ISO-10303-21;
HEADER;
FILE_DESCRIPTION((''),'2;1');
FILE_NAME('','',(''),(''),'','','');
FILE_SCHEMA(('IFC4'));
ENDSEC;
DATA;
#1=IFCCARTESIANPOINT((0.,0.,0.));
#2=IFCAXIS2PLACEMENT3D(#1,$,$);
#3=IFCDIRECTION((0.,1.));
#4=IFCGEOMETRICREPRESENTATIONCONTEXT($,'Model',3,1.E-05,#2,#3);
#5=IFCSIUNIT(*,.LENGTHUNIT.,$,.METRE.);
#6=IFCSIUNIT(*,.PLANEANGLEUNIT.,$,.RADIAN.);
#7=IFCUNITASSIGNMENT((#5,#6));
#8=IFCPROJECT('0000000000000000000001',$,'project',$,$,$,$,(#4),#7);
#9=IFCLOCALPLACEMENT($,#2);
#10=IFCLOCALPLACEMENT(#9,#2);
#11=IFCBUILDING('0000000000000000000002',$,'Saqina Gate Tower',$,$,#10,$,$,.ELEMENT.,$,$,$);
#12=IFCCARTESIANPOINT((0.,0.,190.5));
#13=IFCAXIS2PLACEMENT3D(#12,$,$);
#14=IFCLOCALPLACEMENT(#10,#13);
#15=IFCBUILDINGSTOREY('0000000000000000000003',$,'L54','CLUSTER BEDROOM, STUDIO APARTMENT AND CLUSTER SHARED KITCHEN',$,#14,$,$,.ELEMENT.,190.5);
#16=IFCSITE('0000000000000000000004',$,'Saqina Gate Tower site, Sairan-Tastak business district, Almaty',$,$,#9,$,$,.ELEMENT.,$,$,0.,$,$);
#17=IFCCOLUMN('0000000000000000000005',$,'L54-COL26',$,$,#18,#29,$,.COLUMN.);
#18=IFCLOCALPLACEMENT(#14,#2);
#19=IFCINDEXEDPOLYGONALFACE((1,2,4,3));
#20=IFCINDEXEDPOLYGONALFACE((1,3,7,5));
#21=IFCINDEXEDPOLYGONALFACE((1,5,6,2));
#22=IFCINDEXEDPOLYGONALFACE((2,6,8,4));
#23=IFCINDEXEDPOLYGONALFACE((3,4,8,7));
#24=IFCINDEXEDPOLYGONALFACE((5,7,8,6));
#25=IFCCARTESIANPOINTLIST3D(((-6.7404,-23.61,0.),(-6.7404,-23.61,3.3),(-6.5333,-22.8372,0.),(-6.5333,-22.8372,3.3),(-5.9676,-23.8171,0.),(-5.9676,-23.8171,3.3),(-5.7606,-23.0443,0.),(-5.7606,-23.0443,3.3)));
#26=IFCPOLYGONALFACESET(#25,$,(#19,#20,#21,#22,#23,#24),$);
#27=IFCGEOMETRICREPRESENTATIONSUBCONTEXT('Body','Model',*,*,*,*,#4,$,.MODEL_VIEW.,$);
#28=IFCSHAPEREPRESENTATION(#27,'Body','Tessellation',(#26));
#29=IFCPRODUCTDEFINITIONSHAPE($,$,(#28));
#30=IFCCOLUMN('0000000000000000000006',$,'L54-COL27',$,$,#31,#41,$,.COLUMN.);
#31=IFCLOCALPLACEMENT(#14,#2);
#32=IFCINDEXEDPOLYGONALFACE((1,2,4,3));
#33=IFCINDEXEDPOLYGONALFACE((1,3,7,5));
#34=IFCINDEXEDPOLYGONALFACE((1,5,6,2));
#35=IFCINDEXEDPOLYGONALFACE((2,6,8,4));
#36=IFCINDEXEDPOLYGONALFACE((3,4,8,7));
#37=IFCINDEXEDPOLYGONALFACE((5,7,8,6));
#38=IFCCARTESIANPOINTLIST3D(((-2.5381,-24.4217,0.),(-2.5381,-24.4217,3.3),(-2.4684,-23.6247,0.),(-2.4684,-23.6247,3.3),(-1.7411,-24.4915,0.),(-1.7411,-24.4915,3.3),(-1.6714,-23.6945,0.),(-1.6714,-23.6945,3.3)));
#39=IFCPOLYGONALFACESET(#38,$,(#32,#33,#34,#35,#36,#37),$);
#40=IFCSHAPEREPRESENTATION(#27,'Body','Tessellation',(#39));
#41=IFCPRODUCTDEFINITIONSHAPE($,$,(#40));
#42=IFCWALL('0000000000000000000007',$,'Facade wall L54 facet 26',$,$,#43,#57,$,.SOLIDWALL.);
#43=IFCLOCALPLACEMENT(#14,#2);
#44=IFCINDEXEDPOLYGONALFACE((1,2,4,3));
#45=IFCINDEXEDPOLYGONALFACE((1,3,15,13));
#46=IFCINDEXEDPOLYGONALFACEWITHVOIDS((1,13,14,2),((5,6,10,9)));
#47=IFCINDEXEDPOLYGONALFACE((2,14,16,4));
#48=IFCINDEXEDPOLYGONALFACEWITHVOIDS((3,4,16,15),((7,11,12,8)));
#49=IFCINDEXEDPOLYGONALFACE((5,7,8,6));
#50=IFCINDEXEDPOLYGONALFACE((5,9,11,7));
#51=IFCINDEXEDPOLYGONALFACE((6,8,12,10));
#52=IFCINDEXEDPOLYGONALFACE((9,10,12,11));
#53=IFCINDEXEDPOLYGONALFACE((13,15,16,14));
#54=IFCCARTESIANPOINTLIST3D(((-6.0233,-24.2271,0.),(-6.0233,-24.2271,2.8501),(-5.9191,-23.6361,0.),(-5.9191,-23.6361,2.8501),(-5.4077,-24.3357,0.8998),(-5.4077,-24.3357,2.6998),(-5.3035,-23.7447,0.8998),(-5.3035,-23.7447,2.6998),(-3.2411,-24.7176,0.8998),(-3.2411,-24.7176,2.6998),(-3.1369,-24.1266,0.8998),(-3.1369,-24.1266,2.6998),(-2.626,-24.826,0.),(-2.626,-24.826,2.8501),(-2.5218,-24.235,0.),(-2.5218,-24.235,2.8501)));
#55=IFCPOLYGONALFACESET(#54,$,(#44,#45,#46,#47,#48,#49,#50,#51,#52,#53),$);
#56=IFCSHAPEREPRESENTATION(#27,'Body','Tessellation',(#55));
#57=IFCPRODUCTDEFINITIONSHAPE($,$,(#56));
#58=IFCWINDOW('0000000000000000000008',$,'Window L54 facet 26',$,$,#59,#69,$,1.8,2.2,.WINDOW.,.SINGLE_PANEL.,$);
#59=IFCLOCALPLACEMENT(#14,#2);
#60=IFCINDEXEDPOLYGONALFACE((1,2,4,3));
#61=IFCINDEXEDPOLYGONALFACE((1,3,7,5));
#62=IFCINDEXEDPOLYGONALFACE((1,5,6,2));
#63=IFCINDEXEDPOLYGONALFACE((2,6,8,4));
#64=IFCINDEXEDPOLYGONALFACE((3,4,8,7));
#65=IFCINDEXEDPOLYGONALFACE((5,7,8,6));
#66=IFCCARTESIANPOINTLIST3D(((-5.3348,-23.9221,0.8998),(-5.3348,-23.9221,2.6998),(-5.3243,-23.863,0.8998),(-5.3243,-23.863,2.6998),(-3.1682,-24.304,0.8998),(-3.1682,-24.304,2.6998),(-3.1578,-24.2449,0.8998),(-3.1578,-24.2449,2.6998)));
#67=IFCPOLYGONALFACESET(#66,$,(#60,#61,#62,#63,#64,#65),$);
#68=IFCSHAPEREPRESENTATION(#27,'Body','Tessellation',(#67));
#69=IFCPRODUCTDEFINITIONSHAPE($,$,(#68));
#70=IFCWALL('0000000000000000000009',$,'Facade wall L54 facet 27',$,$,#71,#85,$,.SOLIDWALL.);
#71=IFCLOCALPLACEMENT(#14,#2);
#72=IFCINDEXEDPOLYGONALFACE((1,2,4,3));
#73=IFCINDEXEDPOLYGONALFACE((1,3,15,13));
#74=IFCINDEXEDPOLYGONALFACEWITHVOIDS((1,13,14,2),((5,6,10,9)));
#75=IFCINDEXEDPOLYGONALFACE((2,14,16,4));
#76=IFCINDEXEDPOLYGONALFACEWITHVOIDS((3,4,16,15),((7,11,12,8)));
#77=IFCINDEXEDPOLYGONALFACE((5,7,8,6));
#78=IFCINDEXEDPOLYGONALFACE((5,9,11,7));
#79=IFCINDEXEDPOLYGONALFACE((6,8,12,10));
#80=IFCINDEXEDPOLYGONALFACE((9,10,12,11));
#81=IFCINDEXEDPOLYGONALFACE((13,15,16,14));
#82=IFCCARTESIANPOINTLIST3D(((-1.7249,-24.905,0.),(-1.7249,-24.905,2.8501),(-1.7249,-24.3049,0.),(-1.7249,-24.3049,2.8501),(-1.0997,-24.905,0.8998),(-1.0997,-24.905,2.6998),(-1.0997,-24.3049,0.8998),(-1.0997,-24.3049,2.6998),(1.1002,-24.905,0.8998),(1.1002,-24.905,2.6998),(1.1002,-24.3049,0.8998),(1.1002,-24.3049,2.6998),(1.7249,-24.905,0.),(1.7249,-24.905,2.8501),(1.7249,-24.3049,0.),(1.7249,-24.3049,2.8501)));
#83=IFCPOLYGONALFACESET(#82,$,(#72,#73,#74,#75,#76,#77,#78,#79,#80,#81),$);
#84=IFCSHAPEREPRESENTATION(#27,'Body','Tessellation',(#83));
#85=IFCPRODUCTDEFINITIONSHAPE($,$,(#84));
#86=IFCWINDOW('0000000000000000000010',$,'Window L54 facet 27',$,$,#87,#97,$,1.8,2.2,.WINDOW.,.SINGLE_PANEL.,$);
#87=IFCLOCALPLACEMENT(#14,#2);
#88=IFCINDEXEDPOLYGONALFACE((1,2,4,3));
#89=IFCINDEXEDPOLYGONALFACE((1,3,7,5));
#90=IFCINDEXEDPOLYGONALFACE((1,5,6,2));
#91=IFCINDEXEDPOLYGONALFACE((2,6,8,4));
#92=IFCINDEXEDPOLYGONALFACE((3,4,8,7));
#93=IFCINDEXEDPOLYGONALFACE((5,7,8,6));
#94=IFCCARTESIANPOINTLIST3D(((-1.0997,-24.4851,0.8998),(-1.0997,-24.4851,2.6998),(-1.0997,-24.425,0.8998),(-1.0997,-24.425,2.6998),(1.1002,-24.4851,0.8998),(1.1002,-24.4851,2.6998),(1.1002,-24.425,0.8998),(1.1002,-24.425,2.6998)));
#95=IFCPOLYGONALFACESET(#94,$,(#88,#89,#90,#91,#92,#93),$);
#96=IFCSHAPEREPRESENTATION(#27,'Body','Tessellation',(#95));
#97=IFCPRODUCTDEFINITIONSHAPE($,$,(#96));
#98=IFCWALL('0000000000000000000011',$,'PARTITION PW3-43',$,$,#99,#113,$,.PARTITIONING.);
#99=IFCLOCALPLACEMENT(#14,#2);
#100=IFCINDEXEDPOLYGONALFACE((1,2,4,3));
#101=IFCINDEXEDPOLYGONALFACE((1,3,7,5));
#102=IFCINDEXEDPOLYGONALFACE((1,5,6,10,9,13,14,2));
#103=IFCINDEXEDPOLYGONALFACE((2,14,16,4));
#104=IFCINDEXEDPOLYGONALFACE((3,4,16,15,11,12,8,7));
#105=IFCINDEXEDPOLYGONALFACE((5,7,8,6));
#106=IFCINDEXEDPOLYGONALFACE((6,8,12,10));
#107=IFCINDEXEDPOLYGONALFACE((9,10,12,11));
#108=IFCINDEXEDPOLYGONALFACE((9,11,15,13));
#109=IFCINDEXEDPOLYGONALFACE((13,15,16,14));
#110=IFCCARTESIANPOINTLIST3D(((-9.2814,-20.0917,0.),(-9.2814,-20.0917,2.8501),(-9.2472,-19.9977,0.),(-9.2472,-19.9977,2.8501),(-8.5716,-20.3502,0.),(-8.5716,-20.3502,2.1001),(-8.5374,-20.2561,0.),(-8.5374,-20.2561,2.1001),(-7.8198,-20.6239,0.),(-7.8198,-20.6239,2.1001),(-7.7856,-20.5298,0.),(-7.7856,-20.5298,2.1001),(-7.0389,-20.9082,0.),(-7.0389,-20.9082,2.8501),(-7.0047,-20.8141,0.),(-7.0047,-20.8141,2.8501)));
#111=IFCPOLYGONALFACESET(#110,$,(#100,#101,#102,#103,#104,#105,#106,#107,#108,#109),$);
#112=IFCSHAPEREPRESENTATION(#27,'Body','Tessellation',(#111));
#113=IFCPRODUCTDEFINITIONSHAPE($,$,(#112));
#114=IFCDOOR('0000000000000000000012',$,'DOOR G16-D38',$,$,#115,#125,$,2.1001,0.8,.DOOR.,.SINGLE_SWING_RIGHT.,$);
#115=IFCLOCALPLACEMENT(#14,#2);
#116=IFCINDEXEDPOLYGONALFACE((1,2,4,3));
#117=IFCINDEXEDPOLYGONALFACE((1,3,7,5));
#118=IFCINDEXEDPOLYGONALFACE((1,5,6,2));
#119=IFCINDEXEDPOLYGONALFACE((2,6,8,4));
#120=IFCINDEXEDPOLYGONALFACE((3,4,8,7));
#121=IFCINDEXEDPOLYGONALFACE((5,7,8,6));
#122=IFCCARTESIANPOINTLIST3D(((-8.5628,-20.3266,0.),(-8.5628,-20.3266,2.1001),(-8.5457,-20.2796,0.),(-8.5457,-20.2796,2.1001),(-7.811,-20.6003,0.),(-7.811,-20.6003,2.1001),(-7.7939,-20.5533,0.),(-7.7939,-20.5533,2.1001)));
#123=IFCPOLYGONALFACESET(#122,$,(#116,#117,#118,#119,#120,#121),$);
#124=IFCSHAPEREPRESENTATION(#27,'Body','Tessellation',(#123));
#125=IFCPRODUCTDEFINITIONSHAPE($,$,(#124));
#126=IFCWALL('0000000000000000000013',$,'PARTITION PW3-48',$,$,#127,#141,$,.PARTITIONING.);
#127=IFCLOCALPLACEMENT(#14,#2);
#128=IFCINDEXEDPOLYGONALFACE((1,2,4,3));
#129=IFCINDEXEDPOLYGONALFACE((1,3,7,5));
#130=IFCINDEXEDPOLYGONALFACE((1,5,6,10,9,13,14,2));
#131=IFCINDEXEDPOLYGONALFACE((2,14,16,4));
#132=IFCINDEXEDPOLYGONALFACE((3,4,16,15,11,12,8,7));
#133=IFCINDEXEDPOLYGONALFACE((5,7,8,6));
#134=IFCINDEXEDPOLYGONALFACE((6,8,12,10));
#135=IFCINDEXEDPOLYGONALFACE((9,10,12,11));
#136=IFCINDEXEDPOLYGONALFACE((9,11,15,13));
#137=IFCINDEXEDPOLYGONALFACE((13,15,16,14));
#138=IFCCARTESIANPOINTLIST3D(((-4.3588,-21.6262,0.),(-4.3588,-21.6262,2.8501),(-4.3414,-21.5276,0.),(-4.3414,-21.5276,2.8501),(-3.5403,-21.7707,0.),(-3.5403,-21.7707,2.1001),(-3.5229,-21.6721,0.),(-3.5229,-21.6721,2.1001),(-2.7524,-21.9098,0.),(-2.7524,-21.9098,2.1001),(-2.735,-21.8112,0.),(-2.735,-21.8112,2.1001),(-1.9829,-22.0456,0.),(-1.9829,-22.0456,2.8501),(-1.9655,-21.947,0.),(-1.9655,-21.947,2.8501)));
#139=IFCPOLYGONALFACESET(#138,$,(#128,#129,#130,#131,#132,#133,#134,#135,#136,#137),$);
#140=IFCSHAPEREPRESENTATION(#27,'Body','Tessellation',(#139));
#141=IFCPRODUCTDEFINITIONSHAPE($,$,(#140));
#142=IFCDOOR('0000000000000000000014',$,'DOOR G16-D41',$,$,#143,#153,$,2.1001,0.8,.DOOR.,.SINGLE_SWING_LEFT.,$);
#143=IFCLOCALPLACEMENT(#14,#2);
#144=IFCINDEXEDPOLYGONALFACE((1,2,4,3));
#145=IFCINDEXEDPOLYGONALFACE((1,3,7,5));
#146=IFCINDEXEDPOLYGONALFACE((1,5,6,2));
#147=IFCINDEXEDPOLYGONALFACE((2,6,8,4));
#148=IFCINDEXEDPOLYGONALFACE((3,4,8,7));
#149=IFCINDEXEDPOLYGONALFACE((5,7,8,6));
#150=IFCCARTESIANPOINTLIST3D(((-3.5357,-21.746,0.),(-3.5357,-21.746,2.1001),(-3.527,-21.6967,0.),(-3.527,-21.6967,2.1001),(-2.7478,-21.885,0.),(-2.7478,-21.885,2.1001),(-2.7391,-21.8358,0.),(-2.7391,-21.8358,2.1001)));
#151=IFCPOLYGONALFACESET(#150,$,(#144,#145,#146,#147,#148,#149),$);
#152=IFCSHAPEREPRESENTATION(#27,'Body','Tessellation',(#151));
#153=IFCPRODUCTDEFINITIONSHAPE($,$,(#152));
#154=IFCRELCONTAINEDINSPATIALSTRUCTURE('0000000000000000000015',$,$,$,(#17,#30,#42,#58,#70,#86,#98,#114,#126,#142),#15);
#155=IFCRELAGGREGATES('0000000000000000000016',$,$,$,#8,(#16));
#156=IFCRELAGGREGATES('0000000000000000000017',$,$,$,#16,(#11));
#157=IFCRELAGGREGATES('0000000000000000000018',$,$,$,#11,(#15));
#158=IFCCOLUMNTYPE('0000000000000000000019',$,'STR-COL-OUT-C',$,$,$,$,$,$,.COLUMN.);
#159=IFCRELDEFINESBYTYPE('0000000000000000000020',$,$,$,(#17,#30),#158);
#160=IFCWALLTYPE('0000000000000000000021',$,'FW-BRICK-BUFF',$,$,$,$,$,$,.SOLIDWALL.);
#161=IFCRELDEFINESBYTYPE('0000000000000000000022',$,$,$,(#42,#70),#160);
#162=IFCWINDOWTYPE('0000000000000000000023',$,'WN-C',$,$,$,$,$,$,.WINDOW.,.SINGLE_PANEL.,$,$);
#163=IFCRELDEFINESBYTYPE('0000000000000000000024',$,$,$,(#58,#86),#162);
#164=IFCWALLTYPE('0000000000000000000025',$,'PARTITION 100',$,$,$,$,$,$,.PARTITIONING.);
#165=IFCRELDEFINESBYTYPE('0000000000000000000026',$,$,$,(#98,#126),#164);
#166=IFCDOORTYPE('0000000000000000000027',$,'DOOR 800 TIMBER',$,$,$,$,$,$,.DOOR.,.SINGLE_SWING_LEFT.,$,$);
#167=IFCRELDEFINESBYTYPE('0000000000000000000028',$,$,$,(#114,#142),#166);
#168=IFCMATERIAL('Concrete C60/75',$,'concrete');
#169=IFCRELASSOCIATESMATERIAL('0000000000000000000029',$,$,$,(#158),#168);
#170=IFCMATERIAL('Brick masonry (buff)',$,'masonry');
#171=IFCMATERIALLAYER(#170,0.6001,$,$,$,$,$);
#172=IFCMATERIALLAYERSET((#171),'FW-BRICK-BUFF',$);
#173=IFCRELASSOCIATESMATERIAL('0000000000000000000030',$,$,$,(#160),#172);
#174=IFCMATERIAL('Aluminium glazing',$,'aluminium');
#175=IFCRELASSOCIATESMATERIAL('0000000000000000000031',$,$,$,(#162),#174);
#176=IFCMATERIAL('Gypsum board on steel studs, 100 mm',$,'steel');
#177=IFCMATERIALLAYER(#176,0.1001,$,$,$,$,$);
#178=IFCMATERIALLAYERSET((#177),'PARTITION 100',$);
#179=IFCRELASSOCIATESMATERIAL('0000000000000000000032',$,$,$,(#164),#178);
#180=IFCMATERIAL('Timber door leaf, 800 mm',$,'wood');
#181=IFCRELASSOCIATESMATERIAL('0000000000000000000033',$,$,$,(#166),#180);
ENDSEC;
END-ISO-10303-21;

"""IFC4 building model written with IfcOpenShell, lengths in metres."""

from ifc_helpers import new_model, si_unit, direction, frame, frame_2d, origin, origin_2d, place, context, subcontext, project, spatial, rectangle, extrude, material, layer, layer_set, material_profile, profile_set, type_object, element, fill, save


model = new_model("IFC4")

# Units and contexts
model_context = context("Model", 3, precision=1e-05, world=origin(), true_north=direction((0.0, 1.0)))
body_context = subcontext(model_context, "Body", "Model", "MODEL_VIEW")
ifc_project = project(units=[si_unit("LENGTHUNIT", "METRE"), si_unit("PLANEANGLEUNIT", "RADIAN")], contexts=[model_context])

# Site, building, storey
site_placement = place(None, origin())
site = spatial("IfcSite", under=ifc_project, at=site_placement, Name="Saqina Gate Tower site, Sairan-Tastak business district, Almaty", CompositionType="ELEMENT", RefElevation=0.0)
building_placement = place(site_placement, origin())
building = spatial("IfcBuilding", under=site, at=building_placement, Name="Saqina Gate Tower", CompositionType="ELEMENT")
storey_placement = place(building_placement, frame((0.0, 0.0, 190.5)))
storey = spatial("IfcBuildingStorey", under=building, at=storey_placement, Name="L54", Description="CLUSTER BEDROOM, STUDIO APARTMENT AND CLUSTER SHARED KITCHEN", CompositionType="ELEMENT", Elevation=190.5)

# Columns
ifc_material_1 = material(Name="Concrete C60/75", Category="concrete")
ifc_material_profile = material_profile(ifc_material_1, rectangle(XDim=0.8, YDim=0.8, at=origin_2d()), Name="RC 800x800")
ifc_profile_set = profile_set([ifc_material_profile], Name="Concrete C60/75")
column_type = type_object("IfcColumnType", Name="STR-COL-OUT-C", PredefinedType="COLUMN", material=ifc_profile_set)
for number, where, z_axis, x_axis, name in (
    (1, (-6.2505, -23.3271, 0.0), (0.0, 0.0, 1.0), (-0.258819, -0.965926, 0.0), "L54-COL26"),
    (2, (-2.1047, -24.0581, 0.0), (0.0, 0.0, 1.0), (-0.087156, -0.996195, 0.0), "L54-COL27"),
):
    element("IfcColumn", number, at=place(storey_placement, frame(where, z_axis=z_axis, x_axis=x_axis)), inside=storey, type_object=column_type, Name=name, PredefinedType="COLUMN", context=body_context, shape_type="SweptSolid", body=[
        extrude(rectangle(XDim=0.8, YDim=0.8, at=origin_2d()), origin(), (0.0, 0.0, 1.0), 3.3),
    ])

# Walls, openings, windows
ifc_material_2 = material(Name="Brick masonry (buff)", Category="masonry")
ifc_layer_1 = layer(ifc_material_2, 0.6001)
ifc_layer_set_1 = layer_set([ifc_layer_1], Name="FW-BRICK-BUFF")
wall_type_1 = type_object("IfcWallType", Name="FW-BRICK-BUFF", PredefinedType="SOLIDWALL", material=ifc_layer_set_1)
wall_1_placement = place(storey_placement, frame((-5.9712, -23.9316, 0.0), z_axis=(0.0, 0.0, 1.0), x_axis=(0.984815, -0.173608, 0.0)))
wall_1 = element("IfcWall", 3, at=wall_1_placement, inside=storey, type_object=wall_type_1, Name="Facade wall L54 facet 26", PredefinedType="SOLIDWALL", context=body_context, shape_type="SweptSolid", body=[
    extrude(rectangle(XDim=3.4497, YDim=0.6001, at=frame_2d((1.7249, 0.0))), origin(), (0.0, 0.0, 1.0), 2.8501),
])
opening_1_placement = place(wall_1_placement, frame((0.625, 0.0, 0.8999)))
opening_1 = element("IfcOpeningElement", 4, at=opening_1_placement, cuts=wall_1, PredefinedType="OPENING", context=body_context, shape_type="SweptSolid", body=[
    extrude(rectangle(XDim=2.2, YDim=1.8, at=frame_2d((1.1001, 0.8999))), frame((0.0, 0.312, 0.0), z_axis=(0.0, -1.0, 0.0), x_axis=(1.0, 0.0, 0.0)), (0.0, 0.0, 1.0), 0.624),
])
ifc_material_3 = material(Name="Aluminium glazing", Category="aluminium")
window_type = type_object("IfcWindowType", Name="WN-C", PartitioningType="SINGLE_PANEL", PredefinedType="WINDOW", material=ifc_material_3)
window_1_placement = place(opening_1_placement, origin())
window_1 = element("IfcWindow", 5, at=window_1_placement, inside=storey, type_object=window_type, Name="Window L54 facet 26", OverallHeight=1.8, OverallWidth=2.2, PartitioningType="SINGLE_PANEL", PredefinedType="WINDOW", context=body_context, shape_type="SweptSolid", body=[
    extrude(rectangle(XDim=2.2, YDim=1.8, at=frame_2d((1.1001, 0.8999))), frame((0.0, 0.1799, 0.0), z_axis=(0.0, -1.0, 0.0), x_axis=(1.0, 0.0, 0.0)), (0.0, 0.0, 1.0), 0.0601),
])
fill(opening_1, window_1)
wall_2_placement = place(storey_placement, frame((-1.7249, -24.605, 0.0), z_axis=(0.0, 0.0, 1.0), x_axis=(1.0, 0.0, 0.0)))
wall_2 = element("IfcWall", 6, at=wall_2_placement, inside=storey, type_object=wall_type_1, Name="Facade wall L54 facet 27", PredefinedType="SOLIDWALL", context=body_context, shape_type="SweptSolid", body=[
    extrude(rectangle(XDim=3.4497, YDim=0.6001, at=frame_2d((1.7249, 0.0))), origin(), (0.0, 0.0, 1.0), 2.8501),
])
opening_2_placement = place(wall_2_placement, frame((0.625, 0.0, 0.8999)))
opening_2 = element("IfcOpeningElement", 7, at=opening_2_placement, cuts=wall_2, PredefinedType="OPENING", context=body_context, shape_type="SweptSolid", body=[
    extrude(rectangle(XDim=2.2, YDim=1.8, at=frame_2d((1.1001, 0.8999))), frame((0.0, 0.312, 0.0), z_axis=(0.0, -1.0, 0.0), x_axis=(1.0, 0.0, 0.0)), (0.0, 0.0, 1.0), 0.624),
])
window_2_placement = place(opening_2_placement, origin())
window_2 = element("IfcWindow", 8, at=window_2_placement, inside=storey, type_object=window_type, Name="Window L54 facet 27", OverallHeight=1.8, OverallWidth=2.2, PartitioningType="SINGLE_PANEL", PredefinedType="WINDOW", context=body_context, shape_type="SweptSolid", body=[
    extrude(rectangle(XDim=2.2, YDim=1.8, at=frame_2d((1.1001, 0.8999))), frame((0.0, 0.1799, 0.0), z_axis=(0.0, -1.0, 0.0), x_axis=(1.0, 0.0, 0.0)), (0.0, 0.0, 1.0), 0.0601),
])
fill(opening_2, window_2)

# Walls, openings, doors
ifc_material_4 = material(Name="Gypsum board on steel studs, 100 mm", Category="steel")
ifc_layer_2 = layer(ifc_material_4, 0.1001)
ifc_layer_set_2 = layer_set([ifc_layer_2], Name="PARTITION 100")
wall_type_2 = type_object("IfcWallType", Name="PARTITION 100", PredefinedType="PARTITIONING", material=ifc_layer_set_2)
wall_3_placement = place(storey_placement, frame((-9.2644, -20.0447, 0.0), z_axis=(0.0, 0.0, 1.0), x_axis=(0.939662, -0.342104, 0.0)))
wall_3 = element("IfcWall", 9, at=wall_3_placement, inside=storey, type_object=wall_type_2, Name="PARTITION PW3-43", PredefinedType="PARTITIONING", context=body_context, shape_type="SweptSolid", body=[
    extrude(rectangle(XDim=2.3865, YDim=0.1001, at=frame_2d((1.1934, 0.0))), origin(), (0.0, 0.0, 1.0), 2.8501),
])
opening_3_placement = place(wall_3_placement, frame((0.7556, 0.0, 0.0)))
opening_3 = element("IfcOpeningElement", 10, at=opening_3_placement, cuts=wall_3, PredefinedType="OPENING", context=body_context, shape_type="SweptSolid", body=[
    extrude(rectangle(XDim=0.8, YDim=2.1001, at=frame_2d((0.3999, 1.05))), frame((0.0, 0.062, 0.0), z_axis=(0.0, -1.0, 0.0), x_axis=(1.0, 0.0, 0.0)), (0.0, 0.0, 1.0), 0.124),
])
ifc_material_5 = material(Name="Timber door leaf, 800 mm", Category="wood")
door_type_1 = type_object("IfcDoorType", Name="DOOR 800 TIMBER", OperationType="SINGLE_SWING_LEFT", PredefinedType="DOOR", material=ifc_material_5)
door_1_placement = place(opening_3_placement, frame((0.8, 0.0, 0.0), z_axis=(0.0, 0.0, 1.0), x_axis=(-1.0, 0.0, 0.0)))
door_1 = element("IfcDoor", 11, at=door_1_placement, inside=storey, type_object=door_type_1, Name="DOOR G16-D38", OperationType="SINGLE_SWING_RIGHT", OverallHeight=2.1001, OverallWidth=0.8, PredefinedType="DOOR", context=body_context, shape_type="SweptSolid", body=[
    extrude(rectangle(XDim=0.8, YDim=2.1001, at=frame_2d((0.3999, 1.05))), frame((0.0, 0.0249, 0.0), z_axis=(0.0, -1.0, 0.0), x_axis=(1.0, 0.0, 0.0)), (0.0, 0.0, 1.0), 0.05),
])
fill(opening_3, door_1)
wall_4_placement = place(storey_placement, frame((-4.3501, -21.5769, 0.0), z_axis=(0.0, 0.0, 1.0), x_axis=(0.984773, -0.173843, 0.0)))
wall_4 = element("IfcWall", 12, at=wall_4_placement, inside=storey, type_object=wall_type_2, Name="PARTITION PW3-48", PredefinedType="PARTITIONING", context=body_context, shape_type="SweptSolid", body=[
    extrude(rectangle(XDim=2.4126, YDim=0.1001, at=frame_2d((1.2063, 0.0))), origin(), (0.0, 0.0, 1.0), 2.8501),
])
opening_4_placement = place(wall_4_placement, frame((0.8313, 0.0, 0.0)))
opening_4 = element("IfcOpeningElement", 13, at=opening_4_placement, cuts=wall_4, PredefinedType="OPENING", context=body_context, shape_type="SweptSolid", body=[
    extrude(rectangle(XDim=0.8, YDim=2.1001, at=frame_2d((0.3999, 1.05))), frame((0.0, 0.062, 0.0), z_axis=(0.0, -1.0, 0.0), x_axis=(1.0, 0.0, 0.0)), (0.0, 0.0, 1.0), 0.124),
])
door_2_placement = place(opening_4_placement, frame((0.8, 0.0, 0.0), z_axis=(0.0, 0.0, 1.0), x_axis=(-1.0, 0.0, 0.0)))
door_2 = element("IfcDoor", 14, at=door_2_placement, inside=storey, type_object=door_type_1, Name="DOOR G16-D41", OperationType="SINGLE_SWING_LEFT", OverallHeight=2.1001, OverallWidth=0.8, PredefinedType="DOOR", context=body_context, shape_type="SweptSolid", body=[
    extrude(rectangle(XDim=0.8, YDim=2.1001, at=frame_2d((0.3999, 1.05))), frame((0.0, 0.0249, 0.0), z_axis=(0.0, -1.0, 0.0), x_axis=(1.0, 0.0, 0.0)), (0.0, 0.0, 1.0), 0.05),
])
fill(opening_4, door_2)

save(model, "model.ifc")
